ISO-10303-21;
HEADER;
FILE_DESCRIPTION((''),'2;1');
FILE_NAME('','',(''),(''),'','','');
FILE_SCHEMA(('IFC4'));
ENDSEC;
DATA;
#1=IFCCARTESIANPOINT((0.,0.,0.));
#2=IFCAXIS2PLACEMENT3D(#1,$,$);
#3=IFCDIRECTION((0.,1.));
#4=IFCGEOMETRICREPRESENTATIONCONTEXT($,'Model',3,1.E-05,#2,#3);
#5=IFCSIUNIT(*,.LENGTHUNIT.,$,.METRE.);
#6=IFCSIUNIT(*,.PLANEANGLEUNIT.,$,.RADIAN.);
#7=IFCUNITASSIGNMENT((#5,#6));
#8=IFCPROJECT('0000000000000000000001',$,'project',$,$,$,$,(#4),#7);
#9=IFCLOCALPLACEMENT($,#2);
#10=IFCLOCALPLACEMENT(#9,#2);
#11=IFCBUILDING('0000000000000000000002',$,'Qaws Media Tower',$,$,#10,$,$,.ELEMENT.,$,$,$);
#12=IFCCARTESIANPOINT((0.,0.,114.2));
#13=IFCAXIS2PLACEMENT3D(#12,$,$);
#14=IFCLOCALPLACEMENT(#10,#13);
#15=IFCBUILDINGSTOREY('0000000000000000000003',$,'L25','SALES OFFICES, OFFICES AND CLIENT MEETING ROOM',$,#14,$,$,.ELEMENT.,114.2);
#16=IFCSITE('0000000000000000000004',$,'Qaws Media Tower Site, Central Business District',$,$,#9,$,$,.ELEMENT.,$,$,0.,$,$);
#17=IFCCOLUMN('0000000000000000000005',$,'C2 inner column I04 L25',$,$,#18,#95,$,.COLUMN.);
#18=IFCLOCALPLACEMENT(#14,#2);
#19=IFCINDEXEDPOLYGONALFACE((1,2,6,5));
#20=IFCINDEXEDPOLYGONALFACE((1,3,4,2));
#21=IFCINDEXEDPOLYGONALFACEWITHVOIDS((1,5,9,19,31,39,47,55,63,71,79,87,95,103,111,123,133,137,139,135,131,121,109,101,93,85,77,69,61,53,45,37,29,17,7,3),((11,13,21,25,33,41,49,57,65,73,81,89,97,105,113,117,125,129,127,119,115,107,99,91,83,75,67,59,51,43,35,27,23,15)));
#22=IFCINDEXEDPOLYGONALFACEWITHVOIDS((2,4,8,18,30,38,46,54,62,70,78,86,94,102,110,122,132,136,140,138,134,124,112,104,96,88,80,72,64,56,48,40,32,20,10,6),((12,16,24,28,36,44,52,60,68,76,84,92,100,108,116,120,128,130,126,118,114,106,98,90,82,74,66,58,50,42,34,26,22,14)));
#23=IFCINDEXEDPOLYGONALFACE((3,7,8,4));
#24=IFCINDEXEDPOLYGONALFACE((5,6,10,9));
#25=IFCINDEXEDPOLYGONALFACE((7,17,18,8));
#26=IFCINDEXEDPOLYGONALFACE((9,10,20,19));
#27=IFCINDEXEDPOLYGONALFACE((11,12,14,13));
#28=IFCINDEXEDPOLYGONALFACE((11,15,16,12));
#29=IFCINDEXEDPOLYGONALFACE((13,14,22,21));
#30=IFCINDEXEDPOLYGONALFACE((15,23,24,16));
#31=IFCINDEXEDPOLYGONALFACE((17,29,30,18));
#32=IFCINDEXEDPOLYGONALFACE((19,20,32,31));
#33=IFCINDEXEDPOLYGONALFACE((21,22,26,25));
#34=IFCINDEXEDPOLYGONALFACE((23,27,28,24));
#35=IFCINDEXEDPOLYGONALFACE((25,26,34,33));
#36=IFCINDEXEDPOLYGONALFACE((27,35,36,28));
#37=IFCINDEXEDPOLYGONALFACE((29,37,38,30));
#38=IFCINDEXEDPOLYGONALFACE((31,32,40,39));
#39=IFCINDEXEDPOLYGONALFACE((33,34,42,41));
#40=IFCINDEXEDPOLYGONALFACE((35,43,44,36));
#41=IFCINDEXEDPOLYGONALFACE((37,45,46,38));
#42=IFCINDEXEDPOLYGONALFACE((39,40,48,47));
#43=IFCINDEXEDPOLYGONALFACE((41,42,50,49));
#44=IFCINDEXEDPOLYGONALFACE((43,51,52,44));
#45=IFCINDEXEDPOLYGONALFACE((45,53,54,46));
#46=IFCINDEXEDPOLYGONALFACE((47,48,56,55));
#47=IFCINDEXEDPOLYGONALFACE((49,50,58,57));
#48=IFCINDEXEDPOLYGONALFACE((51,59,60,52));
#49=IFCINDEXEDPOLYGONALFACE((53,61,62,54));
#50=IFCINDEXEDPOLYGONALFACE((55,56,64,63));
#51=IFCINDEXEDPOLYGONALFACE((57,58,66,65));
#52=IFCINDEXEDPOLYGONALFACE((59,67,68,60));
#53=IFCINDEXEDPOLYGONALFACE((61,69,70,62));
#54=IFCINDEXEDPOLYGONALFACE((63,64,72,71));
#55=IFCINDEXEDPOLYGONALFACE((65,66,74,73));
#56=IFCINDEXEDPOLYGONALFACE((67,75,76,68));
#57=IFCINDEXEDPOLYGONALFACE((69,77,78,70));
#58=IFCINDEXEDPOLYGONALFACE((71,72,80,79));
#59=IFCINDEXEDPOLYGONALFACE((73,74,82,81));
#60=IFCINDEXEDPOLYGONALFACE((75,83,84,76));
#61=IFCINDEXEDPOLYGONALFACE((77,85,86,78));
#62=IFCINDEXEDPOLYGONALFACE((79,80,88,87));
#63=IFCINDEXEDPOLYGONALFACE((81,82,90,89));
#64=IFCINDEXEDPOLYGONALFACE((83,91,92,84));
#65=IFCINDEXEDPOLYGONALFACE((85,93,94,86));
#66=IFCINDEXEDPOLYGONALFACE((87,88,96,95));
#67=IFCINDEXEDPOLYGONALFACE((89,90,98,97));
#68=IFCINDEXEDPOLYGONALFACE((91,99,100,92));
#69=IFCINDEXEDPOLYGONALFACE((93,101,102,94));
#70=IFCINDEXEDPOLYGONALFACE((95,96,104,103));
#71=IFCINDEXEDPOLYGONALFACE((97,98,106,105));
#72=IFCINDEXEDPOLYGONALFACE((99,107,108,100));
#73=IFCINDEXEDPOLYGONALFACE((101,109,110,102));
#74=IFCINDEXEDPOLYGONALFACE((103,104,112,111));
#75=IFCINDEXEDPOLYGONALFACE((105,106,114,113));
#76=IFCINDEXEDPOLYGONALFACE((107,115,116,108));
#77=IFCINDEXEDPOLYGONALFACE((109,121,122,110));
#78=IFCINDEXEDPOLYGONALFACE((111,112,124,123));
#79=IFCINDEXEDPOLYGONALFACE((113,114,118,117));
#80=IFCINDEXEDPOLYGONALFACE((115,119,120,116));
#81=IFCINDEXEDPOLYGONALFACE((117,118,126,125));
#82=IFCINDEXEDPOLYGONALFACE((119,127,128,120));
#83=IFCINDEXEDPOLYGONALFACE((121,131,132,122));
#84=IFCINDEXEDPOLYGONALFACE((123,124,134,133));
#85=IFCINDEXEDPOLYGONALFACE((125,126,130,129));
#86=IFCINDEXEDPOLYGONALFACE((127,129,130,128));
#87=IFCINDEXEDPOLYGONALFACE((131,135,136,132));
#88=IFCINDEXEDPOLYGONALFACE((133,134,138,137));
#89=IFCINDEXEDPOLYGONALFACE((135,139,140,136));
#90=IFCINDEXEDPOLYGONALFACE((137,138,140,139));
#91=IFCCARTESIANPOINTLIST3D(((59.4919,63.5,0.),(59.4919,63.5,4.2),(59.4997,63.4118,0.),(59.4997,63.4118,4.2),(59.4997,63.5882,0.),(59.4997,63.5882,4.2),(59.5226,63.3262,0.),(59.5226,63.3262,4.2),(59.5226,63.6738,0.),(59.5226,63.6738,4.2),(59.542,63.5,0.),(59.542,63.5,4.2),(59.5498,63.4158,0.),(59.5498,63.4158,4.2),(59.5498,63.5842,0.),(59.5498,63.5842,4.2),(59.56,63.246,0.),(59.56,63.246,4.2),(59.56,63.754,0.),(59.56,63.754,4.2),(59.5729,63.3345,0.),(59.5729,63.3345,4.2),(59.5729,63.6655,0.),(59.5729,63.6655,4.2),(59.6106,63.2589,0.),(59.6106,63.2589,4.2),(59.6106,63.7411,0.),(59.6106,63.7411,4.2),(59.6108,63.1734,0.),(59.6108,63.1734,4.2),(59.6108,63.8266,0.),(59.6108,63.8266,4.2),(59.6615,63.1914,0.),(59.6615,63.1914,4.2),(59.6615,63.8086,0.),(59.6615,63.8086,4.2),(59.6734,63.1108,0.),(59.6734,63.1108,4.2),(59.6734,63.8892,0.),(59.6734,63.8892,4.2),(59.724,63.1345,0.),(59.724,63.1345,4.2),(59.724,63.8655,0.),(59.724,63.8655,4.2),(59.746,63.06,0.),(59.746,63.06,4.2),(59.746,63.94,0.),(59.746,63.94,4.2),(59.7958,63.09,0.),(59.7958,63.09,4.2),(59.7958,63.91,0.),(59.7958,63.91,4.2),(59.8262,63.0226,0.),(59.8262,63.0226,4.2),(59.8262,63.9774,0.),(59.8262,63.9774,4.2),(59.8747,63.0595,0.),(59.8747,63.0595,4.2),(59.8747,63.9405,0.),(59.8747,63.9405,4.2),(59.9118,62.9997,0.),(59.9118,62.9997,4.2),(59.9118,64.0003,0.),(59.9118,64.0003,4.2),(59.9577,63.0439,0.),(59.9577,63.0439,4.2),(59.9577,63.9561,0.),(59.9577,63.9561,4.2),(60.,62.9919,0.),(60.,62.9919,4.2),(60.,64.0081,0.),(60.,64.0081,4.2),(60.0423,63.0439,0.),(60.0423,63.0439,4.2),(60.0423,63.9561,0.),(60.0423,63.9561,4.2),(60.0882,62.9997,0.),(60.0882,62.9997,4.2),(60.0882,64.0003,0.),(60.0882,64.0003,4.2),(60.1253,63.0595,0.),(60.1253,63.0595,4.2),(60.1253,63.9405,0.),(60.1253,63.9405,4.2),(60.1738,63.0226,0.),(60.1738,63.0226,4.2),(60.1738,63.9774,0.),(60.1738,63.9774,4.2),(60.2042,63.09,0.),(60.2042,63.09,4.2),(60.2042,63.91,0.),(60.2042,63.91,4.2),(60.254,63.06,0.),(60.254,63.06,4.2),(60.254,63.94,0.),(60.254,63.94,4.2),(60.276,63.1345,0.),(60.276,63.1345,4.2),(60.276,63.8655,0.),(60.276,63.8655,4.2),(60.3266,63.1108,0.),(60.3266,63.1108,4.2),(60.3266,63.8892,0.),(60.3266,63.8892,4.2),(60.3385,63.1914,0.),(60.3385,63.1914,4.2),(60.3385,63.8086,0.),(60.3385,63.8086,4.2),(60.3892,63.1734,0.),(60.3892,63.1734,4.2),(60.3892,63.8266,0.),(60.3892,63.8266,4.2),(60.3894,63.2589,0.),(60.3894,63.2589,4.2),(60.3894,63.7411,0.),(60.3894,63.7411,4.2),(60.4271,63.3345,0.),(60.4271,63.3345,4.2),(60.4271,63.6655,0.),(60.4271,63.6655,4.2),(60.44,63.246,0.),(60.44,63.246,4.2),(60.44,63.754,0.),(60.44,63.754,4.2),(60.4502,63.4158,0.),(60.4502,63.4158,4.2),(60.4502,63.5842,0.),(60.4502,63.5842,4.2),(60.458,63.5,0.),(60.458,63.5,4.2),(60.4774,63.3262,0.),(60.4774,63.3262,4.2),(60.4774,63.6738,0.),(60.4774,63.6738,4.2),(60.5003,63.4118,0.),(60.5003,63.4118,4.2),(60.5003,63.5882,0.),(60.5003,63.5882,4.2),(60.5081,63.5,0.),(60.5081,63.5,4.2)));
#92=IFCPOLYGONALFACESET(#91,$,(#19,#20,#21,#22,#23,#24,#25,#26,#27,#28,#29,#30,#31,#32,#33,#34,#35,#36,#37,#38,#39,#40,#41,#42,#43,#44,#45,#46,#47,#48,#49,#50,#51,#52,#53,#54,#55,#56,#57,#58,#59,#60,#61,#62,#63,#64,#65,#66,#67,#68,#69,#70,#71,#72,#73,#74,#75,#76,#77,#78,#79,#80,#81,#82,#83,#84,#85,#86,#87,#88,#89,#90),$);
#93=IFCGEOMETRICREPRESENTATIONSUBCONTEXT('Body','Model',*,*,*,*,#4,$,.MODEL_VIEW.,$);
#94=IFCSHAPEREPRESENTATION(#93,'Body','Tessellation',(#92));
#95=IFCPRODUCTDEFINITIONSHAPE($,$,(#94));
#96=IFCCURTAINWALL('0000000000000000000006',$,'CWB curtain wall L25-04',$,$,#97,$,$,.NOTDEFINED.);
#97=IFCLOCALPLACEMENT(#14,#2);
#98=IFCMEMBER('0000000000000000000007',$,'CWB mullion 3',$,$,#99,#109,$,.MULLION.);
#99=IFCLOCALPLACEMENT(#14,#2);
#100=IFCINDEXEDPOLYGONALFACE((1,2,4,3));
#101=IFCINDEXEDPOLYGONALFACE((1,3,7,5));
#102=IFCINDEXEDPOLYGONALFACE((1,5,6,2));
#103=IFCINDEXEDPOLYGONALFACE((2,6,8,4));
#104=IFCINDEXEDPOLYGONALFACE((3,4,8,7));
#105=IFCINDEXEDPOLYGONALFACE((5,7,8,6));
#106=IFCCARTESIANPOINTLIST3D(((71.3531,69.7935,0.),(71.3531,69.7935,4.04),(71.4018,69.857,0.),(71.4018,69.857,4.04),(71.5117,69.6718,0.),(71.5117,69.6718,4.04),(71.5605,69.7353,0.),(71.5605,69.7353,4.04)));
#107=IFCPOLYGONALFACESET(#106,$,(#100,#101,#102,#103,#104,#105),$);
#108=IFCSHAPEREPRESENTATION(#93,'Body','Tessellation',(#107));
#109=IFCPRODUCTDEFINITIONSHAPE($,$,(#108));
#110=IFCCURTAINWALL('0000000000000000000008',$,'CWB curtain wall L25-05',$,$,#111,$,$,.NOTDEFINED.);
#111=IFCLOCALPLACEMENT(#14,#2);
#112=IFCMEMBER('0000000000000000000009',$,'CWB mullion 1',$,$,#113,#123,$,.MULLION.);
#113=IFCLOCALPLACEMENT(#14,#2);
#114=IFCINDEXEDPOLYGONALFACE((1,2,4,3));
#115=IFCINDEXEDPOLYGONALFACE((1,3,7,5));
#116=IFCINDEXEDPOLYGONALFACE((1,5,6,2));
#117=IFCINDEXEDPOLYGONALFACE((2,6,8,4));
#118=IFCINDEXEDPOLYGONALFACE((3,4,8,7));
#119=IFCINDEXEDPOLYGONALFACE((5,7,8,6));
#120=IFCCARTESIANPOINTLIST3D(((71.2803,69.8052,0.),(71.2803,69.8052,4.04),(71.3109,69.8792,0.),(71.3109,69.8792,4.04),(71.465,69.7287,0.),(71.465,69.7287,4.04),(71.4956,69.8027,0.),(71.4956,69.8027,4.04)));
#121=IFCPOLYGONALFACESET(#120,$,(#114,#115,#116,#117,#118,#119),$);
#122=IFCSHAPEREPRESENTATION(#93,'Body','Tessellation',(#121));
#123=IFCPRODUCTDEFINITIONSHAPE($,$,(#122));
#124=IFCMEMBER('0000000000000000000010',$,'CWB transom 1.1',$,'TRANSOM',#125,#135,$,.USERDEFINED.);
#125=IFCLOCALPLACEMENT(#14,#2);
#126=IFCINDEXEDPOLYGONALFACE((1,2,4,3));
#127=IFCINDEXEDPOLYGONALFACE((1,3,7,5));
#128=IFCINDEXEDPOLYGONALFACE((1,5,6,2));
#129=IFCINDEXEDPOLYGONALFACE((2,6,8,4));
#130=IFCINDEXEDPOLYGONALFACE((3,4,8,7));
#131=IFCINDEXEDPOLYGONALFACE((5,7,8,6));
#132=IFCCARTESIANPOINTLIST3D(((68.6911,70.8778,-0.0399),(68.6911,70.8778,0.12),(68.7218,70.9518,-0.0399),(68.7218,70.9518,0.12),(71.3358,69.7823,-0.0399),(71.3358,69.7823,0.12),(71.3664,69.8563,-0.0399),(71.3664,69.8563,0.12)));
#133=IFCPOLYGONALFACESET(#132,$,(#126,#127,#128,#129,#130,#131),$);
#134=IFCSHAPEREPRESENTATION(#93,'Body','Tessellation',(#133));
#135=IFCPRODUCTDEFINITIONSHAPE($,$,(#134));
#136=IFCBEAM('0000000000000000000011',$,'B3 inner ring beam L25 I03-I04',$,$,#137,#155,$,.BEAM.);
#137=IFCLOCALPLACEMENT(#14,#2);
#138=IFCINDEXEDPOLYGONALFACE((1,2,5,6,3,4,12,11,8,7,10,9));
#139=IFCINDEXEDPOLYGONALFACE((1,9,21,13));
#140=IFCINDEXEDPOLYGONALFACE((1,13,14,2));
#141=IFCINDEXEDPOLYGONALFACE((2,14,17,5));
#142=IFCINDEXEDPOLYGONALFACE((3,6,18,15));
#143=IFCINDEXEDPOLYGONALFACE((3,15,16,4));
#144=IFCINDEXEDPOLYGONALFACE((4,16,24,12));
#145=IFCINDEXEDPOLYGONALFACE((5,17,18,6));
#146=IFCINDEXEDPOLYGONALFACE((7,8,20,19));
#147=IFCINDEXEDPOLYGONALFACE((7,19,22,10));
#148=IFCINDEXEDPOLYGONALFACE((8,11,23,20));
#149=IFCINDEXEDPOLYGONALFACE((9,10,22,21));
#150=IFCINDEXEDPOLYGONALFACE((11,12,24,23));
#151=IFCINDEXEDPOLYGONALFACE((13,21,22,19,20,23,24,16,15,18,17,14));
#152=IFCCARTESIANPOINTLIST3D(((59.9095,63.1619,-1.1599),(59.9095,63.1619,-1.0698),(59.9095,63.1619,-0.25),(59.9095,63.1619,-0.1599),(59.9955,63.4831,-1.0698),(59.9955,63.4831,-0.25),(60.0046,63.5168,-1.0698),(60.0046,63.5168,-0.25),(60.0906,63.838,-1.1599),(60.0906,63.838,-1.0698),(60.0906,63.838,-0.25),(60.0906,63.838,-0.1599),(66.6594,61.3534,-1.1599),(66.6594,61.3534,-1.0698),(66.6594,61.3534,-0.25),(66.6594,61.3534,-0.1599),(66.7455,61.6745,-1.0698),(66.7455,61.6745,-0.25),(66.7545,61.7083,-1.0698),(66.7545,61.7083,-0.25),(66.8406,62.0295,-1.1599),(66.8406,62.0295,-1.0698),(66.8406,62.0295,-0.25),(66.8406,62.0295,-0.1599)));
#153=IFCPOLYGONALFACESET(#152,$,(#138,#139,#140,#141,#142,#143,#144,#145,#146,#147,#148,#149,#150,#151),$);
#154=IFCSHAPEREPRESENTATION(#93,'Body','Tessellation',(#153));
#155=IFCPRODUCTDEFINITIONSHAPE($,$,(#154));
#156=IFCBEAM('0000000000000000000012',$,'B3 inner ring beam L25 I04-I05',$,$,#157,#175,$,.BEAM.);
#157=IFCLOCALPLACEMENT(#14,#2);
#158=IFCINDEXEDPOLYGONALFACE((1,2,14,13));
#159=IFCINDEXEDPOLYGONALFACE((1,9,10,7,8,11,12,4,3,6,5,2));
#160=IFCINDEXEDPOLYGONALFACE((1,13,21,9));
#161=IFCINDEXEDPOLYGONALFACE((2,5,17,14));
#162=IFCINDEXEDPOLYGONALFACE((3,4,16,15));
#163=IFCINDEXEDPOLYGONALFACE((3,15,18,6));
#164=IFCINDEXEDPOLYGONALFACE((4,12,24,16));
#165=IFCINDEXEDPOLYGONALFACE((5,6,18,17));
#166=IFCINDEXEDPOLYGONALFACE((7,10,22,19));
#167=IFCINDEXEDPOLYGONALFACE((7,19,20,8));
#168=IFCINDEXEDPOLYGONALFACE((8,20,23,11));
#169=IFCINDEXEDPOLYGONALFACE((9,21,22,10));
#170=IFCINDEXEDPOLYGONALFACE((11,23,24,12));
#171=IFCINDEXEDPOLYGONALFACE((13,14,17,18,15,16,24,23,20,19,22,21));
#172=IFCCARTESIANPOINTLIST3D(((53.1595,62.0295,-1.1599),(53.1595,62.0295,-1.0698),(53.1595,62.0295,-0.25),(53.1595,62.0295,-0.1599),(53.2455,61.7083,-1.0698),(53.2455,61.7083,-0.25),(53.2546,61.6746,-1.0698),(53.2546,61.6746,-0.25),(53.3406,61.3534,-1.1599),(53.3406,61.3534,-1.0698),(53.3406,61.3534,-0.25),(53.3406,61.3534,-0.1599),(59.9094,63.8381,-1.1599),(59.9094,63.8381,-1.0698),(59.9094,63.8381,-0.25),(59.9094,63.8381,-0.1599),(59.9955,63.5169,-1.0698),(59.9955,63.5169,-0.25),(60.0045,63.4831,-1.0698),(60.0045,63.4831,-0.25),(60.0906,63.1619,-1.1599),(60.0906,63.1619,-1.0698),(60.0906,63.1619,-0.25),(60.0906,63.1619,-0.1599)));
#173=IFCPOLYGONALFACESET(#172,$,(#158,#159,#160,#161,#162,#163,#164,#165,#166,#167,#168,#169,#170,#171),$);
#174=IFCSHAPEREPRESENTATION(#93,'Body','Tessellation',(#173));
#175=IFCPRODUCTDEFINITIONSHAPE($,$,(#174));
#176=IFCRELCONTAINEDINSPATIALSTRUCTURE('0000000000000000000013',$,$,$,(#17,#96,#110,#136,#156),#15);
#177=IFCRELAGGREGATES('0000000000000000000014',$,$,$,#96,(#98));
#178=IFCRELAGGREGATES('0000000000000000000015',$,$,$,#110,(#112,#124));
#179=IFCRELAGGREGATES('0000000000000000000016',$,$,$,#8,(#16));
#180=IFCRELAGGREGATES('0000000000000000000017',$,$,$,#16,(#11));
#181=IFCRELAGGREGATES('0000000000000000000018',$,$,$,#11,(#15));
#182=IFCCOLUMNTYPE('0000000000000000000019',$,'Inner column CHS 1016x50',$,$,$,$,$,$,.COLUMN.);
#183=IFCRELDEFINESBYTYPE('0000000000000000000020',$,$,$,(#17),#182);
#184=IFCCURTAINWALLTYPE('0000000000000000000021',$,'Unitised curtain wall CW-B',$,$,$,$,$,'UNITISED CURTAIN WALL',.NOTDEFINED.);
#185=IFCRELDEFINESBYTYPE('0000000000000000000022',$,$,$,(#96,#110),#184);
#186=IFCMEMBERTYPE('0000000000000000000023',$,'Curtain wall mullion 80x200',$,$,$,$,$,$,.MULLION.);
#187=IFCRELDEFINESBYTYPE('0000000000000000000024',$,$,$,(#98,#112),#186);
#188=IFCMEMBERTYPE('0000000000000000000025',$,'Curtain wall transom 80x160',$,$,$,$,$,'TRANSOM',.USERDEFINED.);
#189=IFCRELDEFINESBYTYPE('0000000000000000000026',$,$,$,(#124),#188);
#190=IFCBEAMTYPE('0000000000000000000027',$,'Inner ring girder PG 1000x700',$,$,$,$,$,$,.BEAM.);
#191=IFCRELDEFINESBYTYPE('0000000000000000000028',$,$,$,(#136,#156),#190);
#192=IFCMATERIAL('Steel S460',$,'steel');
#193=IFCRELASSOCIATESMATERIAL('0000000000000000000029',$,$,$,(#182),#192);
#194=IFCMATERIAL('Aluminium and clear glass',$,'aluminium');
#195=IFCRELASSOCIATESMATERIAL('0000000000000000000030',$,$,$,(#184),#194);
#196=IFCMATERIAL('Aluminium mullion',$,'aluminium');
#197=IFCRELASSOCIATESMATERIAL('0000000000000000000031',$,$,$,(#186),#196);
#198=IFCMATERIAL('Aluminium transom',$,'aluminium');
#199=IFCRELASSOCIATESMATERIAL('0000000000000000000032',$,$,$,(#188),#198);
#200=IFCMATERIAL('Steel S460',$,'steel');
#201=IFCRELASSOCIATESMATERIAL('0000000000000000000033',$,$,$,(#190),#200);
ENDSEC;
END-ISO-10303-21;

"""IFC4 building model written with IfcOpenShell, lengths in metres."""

from ifc_helpers import new_model, si_unit, direction, frame, origin, origin_2d, place, context, subcontext, project, spatial, rectangle, hollow_circle, i_section, extrude, material, material_profile, profile_set, type_object, element, aggregate, save


model = new_model("IFC4")

# Units and contexts
model_context = context("Model", 3, precision=1e-05, world=origin(), true_north=direction((0.0, 1.0)))
body_context = subcontext(model_context, "Body", "Model", "MODEL_VIEW")
ifc_project = project(units=[si_unit("LENGTHUNIT", "METRE"), si_unit("PLANEANGLEUNIT", "RADIAN")], contexts=[model_context])

# Site, building, storey
site_placement = place(None, origin())
site = spatial("IfcSite", under=ifc_project, at=site_placement, Name="Qaws Media Tower Site, Central Business District", CompositionType="ELEMENT", RefElevation=0.0)
building_placement = place(site_placement, origin())
building = spatial("IfcBuilding", under=site, at=building_placement, Name="Qaws Media Tower", CompositionType="ELEMENT")
storey_placement = place(building_placement, frame((0.0, 0.0, 114.2)))
storey = spatial("IfcBuildingStorey", under=building, at=storey_placement, Name="L25", Description="SALES OFFICES, OFFICES AND CLIENT MEETING ROOM", CompositionType="ELEMENT", Elevation=114.2)

# Column
ifc_material_1 = material(Name="Steel S460", Category="steel")
ifc_material_profile_1 = material_profile(ifc_material_1, hollow_circle(Radius=0.5081, WallThickness=0.05, at=origin_2d()), Name="CHS 1016x50")
ifc_profile_set_1 = profile_set([ifc_material_profile_1], Name="Steel S460")
column_type = type_object("IfcColumnType", Name="Inner column CHS 1016x50", PredefinedType="COLUMN", material=ifc_profile_set_1)
for number, where, z_axis, x_axis, name in (
    (1, (60.0, 63.5, 0.0), (0.0, 0.0, 1.0), (1.0, 0.0, 0.0), "C2 inner column I04 L25"),
):
    element("IfcColumn", number, at=place(storey_placement, frame(where, z_axis=z_axis, x_axis=x_axis)), inside=storey, type_object=column_type, Name=name, PredefinedType="COLUMN", context=body_context, shape_type="SweptSolid", body=[
        extrude(hollow_circle(Radius=0.5081, WallThickness=0.05, at=origin_2d()), origin(), (0.0, 0.0, 1.0), 4.2),
    ])

# Curtain wall, member
ifc_material_2 = material(Name="Aluminium and clear glass", Category="aluminium")
curtain_wall_type = type_object("IfcCurtainWallType", Name="Unitised curtain wall CW-B", ElementType="UNITISED CURTAIN WALL", PredefinedType="NOTDEFINED", material=ifc_material_2)
curtain_wall_1_placement = place(storey_placement, origin())
curtain_wall_1 = element("IfcCurtainWall", 2, at=curtain_wall_1_placement, inside=storey, type_object=curtain_wall_type, Name="CWB curtain wall L25-04", PredefinedType="NOTDEFINED")
ifc_material_3 = material(Name="Aluminium mullion", Category="aluminium")
ifc_material_profile_2 = material_profile(ifc_material_3, rectangle(XDim=0.0801, YDim=0.2, at=origin_2d()), Name="80x200")
ifc_profile_set_2 = profile_set([ifc_material_profile_2], Name="Aluminium mullion")
member_type_1 = type_object("IfcMemberType", Name="Curtain wall mullion 80x200", PredefinedType="MULLION", material=ifc_profile_set_2)
member_1_placement = place(storey_placement, frame((71.4568, 69.7644, 0.0), z_axis=(0.0, 0.0, 1.0), x_axis=(-0.608761, -0.793353, 0.0)))
member_1 = element("IfcMember", 3, at=member_1_placement, type_object=member_type_1, Name="CWB mullion 3", PredefinedType="MULLION", context=body_context, shape_type="SweptSolid", body=[
    extrude(rectangle(XDim=0.0801, YDim=0.2, at=origin_2d()), origin(), (0.0, 0.0, 1.0), 4.04),
])
aggregate(curtain_wall_1, [member_1])

# Curtain wall, members
curtain_wall_2_placement = place(storey_placement, origin())
curtain_wall_2 = element("IfcCurtainWall", 4, at=curtain_wall_2_placement, inside=storey, type_object=curtain_wall_type, Name="CWB curtain wall L25-05", PredefinedType="NOTDEFINED")
member_2_placement = place(storey_placement, frame((71.3879, 69.804, 0.0), z_axis=(0.0, 0.0, 1.0), x_axis=(-0.382683, -0.92388, 0.0)))
member_2 = element("IfcMember", 5, at=member_2_placement, type_object=member_type_1, Name="CWB mullion 1", PredefinedType="MULLION", context=body_context, shape_type="SweptSolid", body=[
    extrude(rectangle(XDim=0.0801, YDim=0.2, at=origin_2d()), origin(), (0.0, 0.0, 1.0), 4.04),
])
ifc_material_4 = material(Name="Aluminium transom", Category="aluminium")
ifc_material_profile_3 = material_profile(ifc_material_4, rectangle(XDim=0.0801, YDim=0.1599, at=origin_2d()), Name="80x160")
ifc_profile_set_3 = profile_set([ifc_material_profile_3], Name="Aluminium transom")
member_type_2 = type_object("IfcMemberType", Name="Curtain wall transom 80x160", ElementType="TRANSOM", PredefinedType="USERDEFINED", material=ifc_profile_set_3)
member_3_placement = place(storey_placement, frame((71.3511, 69.8193, 0.04), z_axis=(-0.923872, 0.382701, 0.0), x_axis=(-0.382701, -0.923872, 0.0)))
member_3 = element("IfcMember", 6, at=member_3_placement, type_object=member_type_2, Name="CWB transom 1.1", ObjectType="TRANSOM", PredefinedType="USERDEFINED", context=body_context, shape_type="SweptSolid", body=[
    extrude(rectangle(XDim=0.0801, YDim=0.1599, at=origin_2d()), origin(), (0.0, 0.0, 1.0), 2.8625),
])
aggregate(curtain_wall_2, [member_2, member_3])

# Beams
ifc_material_5 = material(Name="Steel S460", Category="steel")
ifc_material_profile_4 = material_profile(ifc_material_5, i_section(OverallWidth=0.7, OverallDepth=1.0, WebThickness=0.0349, FlangeThickness=0.0901, at=origin_2d()), Name="PG 1000x700")
ifc_profile_set_4 = profile_set([ifc_material_profile_4], Name="Steel S460")
beam_type_1 = type_object("IfcBeamType", Name="Inner ring girder PG 1000x700", PredefinedType="BEAM", material=ifc_profile_set_4)
for number, where, z_axis, x_axis, name in (
    (7, (66.75, 61.6914, -0.6599), (-0.965928, 0.258811, 0.0), (-0.258811, -0.965928, 0.0), "B3 inner ring beam L25 I03-I04"),
    (8, (60.0, 63.5, -0.6599), (-0.965928, -0.258811, 0.0), (0.258811, -0.965928, 0.0), "B3 inner ring beam L25 I04-I05"),
):
    element("IfcBeam", number, at=place(storey_placement, frame(where, z_axis=z_axis, x_axis=x_axis)), inside=storey, type_object=beam_type_1, Name=name, PredefinedType="BEAM", context=body_context, shape_type="SweptSolid", body=[
        extrude(i_section(OverallWidth=0.7, OverallDepth=1.0, WebThickness=0.0349, FlangeThickness=0.0901, at=origin_2d()), origin(), (0.0, 0.0, 1.0), 6.988),
    ])

save(model, "model.ifc")
